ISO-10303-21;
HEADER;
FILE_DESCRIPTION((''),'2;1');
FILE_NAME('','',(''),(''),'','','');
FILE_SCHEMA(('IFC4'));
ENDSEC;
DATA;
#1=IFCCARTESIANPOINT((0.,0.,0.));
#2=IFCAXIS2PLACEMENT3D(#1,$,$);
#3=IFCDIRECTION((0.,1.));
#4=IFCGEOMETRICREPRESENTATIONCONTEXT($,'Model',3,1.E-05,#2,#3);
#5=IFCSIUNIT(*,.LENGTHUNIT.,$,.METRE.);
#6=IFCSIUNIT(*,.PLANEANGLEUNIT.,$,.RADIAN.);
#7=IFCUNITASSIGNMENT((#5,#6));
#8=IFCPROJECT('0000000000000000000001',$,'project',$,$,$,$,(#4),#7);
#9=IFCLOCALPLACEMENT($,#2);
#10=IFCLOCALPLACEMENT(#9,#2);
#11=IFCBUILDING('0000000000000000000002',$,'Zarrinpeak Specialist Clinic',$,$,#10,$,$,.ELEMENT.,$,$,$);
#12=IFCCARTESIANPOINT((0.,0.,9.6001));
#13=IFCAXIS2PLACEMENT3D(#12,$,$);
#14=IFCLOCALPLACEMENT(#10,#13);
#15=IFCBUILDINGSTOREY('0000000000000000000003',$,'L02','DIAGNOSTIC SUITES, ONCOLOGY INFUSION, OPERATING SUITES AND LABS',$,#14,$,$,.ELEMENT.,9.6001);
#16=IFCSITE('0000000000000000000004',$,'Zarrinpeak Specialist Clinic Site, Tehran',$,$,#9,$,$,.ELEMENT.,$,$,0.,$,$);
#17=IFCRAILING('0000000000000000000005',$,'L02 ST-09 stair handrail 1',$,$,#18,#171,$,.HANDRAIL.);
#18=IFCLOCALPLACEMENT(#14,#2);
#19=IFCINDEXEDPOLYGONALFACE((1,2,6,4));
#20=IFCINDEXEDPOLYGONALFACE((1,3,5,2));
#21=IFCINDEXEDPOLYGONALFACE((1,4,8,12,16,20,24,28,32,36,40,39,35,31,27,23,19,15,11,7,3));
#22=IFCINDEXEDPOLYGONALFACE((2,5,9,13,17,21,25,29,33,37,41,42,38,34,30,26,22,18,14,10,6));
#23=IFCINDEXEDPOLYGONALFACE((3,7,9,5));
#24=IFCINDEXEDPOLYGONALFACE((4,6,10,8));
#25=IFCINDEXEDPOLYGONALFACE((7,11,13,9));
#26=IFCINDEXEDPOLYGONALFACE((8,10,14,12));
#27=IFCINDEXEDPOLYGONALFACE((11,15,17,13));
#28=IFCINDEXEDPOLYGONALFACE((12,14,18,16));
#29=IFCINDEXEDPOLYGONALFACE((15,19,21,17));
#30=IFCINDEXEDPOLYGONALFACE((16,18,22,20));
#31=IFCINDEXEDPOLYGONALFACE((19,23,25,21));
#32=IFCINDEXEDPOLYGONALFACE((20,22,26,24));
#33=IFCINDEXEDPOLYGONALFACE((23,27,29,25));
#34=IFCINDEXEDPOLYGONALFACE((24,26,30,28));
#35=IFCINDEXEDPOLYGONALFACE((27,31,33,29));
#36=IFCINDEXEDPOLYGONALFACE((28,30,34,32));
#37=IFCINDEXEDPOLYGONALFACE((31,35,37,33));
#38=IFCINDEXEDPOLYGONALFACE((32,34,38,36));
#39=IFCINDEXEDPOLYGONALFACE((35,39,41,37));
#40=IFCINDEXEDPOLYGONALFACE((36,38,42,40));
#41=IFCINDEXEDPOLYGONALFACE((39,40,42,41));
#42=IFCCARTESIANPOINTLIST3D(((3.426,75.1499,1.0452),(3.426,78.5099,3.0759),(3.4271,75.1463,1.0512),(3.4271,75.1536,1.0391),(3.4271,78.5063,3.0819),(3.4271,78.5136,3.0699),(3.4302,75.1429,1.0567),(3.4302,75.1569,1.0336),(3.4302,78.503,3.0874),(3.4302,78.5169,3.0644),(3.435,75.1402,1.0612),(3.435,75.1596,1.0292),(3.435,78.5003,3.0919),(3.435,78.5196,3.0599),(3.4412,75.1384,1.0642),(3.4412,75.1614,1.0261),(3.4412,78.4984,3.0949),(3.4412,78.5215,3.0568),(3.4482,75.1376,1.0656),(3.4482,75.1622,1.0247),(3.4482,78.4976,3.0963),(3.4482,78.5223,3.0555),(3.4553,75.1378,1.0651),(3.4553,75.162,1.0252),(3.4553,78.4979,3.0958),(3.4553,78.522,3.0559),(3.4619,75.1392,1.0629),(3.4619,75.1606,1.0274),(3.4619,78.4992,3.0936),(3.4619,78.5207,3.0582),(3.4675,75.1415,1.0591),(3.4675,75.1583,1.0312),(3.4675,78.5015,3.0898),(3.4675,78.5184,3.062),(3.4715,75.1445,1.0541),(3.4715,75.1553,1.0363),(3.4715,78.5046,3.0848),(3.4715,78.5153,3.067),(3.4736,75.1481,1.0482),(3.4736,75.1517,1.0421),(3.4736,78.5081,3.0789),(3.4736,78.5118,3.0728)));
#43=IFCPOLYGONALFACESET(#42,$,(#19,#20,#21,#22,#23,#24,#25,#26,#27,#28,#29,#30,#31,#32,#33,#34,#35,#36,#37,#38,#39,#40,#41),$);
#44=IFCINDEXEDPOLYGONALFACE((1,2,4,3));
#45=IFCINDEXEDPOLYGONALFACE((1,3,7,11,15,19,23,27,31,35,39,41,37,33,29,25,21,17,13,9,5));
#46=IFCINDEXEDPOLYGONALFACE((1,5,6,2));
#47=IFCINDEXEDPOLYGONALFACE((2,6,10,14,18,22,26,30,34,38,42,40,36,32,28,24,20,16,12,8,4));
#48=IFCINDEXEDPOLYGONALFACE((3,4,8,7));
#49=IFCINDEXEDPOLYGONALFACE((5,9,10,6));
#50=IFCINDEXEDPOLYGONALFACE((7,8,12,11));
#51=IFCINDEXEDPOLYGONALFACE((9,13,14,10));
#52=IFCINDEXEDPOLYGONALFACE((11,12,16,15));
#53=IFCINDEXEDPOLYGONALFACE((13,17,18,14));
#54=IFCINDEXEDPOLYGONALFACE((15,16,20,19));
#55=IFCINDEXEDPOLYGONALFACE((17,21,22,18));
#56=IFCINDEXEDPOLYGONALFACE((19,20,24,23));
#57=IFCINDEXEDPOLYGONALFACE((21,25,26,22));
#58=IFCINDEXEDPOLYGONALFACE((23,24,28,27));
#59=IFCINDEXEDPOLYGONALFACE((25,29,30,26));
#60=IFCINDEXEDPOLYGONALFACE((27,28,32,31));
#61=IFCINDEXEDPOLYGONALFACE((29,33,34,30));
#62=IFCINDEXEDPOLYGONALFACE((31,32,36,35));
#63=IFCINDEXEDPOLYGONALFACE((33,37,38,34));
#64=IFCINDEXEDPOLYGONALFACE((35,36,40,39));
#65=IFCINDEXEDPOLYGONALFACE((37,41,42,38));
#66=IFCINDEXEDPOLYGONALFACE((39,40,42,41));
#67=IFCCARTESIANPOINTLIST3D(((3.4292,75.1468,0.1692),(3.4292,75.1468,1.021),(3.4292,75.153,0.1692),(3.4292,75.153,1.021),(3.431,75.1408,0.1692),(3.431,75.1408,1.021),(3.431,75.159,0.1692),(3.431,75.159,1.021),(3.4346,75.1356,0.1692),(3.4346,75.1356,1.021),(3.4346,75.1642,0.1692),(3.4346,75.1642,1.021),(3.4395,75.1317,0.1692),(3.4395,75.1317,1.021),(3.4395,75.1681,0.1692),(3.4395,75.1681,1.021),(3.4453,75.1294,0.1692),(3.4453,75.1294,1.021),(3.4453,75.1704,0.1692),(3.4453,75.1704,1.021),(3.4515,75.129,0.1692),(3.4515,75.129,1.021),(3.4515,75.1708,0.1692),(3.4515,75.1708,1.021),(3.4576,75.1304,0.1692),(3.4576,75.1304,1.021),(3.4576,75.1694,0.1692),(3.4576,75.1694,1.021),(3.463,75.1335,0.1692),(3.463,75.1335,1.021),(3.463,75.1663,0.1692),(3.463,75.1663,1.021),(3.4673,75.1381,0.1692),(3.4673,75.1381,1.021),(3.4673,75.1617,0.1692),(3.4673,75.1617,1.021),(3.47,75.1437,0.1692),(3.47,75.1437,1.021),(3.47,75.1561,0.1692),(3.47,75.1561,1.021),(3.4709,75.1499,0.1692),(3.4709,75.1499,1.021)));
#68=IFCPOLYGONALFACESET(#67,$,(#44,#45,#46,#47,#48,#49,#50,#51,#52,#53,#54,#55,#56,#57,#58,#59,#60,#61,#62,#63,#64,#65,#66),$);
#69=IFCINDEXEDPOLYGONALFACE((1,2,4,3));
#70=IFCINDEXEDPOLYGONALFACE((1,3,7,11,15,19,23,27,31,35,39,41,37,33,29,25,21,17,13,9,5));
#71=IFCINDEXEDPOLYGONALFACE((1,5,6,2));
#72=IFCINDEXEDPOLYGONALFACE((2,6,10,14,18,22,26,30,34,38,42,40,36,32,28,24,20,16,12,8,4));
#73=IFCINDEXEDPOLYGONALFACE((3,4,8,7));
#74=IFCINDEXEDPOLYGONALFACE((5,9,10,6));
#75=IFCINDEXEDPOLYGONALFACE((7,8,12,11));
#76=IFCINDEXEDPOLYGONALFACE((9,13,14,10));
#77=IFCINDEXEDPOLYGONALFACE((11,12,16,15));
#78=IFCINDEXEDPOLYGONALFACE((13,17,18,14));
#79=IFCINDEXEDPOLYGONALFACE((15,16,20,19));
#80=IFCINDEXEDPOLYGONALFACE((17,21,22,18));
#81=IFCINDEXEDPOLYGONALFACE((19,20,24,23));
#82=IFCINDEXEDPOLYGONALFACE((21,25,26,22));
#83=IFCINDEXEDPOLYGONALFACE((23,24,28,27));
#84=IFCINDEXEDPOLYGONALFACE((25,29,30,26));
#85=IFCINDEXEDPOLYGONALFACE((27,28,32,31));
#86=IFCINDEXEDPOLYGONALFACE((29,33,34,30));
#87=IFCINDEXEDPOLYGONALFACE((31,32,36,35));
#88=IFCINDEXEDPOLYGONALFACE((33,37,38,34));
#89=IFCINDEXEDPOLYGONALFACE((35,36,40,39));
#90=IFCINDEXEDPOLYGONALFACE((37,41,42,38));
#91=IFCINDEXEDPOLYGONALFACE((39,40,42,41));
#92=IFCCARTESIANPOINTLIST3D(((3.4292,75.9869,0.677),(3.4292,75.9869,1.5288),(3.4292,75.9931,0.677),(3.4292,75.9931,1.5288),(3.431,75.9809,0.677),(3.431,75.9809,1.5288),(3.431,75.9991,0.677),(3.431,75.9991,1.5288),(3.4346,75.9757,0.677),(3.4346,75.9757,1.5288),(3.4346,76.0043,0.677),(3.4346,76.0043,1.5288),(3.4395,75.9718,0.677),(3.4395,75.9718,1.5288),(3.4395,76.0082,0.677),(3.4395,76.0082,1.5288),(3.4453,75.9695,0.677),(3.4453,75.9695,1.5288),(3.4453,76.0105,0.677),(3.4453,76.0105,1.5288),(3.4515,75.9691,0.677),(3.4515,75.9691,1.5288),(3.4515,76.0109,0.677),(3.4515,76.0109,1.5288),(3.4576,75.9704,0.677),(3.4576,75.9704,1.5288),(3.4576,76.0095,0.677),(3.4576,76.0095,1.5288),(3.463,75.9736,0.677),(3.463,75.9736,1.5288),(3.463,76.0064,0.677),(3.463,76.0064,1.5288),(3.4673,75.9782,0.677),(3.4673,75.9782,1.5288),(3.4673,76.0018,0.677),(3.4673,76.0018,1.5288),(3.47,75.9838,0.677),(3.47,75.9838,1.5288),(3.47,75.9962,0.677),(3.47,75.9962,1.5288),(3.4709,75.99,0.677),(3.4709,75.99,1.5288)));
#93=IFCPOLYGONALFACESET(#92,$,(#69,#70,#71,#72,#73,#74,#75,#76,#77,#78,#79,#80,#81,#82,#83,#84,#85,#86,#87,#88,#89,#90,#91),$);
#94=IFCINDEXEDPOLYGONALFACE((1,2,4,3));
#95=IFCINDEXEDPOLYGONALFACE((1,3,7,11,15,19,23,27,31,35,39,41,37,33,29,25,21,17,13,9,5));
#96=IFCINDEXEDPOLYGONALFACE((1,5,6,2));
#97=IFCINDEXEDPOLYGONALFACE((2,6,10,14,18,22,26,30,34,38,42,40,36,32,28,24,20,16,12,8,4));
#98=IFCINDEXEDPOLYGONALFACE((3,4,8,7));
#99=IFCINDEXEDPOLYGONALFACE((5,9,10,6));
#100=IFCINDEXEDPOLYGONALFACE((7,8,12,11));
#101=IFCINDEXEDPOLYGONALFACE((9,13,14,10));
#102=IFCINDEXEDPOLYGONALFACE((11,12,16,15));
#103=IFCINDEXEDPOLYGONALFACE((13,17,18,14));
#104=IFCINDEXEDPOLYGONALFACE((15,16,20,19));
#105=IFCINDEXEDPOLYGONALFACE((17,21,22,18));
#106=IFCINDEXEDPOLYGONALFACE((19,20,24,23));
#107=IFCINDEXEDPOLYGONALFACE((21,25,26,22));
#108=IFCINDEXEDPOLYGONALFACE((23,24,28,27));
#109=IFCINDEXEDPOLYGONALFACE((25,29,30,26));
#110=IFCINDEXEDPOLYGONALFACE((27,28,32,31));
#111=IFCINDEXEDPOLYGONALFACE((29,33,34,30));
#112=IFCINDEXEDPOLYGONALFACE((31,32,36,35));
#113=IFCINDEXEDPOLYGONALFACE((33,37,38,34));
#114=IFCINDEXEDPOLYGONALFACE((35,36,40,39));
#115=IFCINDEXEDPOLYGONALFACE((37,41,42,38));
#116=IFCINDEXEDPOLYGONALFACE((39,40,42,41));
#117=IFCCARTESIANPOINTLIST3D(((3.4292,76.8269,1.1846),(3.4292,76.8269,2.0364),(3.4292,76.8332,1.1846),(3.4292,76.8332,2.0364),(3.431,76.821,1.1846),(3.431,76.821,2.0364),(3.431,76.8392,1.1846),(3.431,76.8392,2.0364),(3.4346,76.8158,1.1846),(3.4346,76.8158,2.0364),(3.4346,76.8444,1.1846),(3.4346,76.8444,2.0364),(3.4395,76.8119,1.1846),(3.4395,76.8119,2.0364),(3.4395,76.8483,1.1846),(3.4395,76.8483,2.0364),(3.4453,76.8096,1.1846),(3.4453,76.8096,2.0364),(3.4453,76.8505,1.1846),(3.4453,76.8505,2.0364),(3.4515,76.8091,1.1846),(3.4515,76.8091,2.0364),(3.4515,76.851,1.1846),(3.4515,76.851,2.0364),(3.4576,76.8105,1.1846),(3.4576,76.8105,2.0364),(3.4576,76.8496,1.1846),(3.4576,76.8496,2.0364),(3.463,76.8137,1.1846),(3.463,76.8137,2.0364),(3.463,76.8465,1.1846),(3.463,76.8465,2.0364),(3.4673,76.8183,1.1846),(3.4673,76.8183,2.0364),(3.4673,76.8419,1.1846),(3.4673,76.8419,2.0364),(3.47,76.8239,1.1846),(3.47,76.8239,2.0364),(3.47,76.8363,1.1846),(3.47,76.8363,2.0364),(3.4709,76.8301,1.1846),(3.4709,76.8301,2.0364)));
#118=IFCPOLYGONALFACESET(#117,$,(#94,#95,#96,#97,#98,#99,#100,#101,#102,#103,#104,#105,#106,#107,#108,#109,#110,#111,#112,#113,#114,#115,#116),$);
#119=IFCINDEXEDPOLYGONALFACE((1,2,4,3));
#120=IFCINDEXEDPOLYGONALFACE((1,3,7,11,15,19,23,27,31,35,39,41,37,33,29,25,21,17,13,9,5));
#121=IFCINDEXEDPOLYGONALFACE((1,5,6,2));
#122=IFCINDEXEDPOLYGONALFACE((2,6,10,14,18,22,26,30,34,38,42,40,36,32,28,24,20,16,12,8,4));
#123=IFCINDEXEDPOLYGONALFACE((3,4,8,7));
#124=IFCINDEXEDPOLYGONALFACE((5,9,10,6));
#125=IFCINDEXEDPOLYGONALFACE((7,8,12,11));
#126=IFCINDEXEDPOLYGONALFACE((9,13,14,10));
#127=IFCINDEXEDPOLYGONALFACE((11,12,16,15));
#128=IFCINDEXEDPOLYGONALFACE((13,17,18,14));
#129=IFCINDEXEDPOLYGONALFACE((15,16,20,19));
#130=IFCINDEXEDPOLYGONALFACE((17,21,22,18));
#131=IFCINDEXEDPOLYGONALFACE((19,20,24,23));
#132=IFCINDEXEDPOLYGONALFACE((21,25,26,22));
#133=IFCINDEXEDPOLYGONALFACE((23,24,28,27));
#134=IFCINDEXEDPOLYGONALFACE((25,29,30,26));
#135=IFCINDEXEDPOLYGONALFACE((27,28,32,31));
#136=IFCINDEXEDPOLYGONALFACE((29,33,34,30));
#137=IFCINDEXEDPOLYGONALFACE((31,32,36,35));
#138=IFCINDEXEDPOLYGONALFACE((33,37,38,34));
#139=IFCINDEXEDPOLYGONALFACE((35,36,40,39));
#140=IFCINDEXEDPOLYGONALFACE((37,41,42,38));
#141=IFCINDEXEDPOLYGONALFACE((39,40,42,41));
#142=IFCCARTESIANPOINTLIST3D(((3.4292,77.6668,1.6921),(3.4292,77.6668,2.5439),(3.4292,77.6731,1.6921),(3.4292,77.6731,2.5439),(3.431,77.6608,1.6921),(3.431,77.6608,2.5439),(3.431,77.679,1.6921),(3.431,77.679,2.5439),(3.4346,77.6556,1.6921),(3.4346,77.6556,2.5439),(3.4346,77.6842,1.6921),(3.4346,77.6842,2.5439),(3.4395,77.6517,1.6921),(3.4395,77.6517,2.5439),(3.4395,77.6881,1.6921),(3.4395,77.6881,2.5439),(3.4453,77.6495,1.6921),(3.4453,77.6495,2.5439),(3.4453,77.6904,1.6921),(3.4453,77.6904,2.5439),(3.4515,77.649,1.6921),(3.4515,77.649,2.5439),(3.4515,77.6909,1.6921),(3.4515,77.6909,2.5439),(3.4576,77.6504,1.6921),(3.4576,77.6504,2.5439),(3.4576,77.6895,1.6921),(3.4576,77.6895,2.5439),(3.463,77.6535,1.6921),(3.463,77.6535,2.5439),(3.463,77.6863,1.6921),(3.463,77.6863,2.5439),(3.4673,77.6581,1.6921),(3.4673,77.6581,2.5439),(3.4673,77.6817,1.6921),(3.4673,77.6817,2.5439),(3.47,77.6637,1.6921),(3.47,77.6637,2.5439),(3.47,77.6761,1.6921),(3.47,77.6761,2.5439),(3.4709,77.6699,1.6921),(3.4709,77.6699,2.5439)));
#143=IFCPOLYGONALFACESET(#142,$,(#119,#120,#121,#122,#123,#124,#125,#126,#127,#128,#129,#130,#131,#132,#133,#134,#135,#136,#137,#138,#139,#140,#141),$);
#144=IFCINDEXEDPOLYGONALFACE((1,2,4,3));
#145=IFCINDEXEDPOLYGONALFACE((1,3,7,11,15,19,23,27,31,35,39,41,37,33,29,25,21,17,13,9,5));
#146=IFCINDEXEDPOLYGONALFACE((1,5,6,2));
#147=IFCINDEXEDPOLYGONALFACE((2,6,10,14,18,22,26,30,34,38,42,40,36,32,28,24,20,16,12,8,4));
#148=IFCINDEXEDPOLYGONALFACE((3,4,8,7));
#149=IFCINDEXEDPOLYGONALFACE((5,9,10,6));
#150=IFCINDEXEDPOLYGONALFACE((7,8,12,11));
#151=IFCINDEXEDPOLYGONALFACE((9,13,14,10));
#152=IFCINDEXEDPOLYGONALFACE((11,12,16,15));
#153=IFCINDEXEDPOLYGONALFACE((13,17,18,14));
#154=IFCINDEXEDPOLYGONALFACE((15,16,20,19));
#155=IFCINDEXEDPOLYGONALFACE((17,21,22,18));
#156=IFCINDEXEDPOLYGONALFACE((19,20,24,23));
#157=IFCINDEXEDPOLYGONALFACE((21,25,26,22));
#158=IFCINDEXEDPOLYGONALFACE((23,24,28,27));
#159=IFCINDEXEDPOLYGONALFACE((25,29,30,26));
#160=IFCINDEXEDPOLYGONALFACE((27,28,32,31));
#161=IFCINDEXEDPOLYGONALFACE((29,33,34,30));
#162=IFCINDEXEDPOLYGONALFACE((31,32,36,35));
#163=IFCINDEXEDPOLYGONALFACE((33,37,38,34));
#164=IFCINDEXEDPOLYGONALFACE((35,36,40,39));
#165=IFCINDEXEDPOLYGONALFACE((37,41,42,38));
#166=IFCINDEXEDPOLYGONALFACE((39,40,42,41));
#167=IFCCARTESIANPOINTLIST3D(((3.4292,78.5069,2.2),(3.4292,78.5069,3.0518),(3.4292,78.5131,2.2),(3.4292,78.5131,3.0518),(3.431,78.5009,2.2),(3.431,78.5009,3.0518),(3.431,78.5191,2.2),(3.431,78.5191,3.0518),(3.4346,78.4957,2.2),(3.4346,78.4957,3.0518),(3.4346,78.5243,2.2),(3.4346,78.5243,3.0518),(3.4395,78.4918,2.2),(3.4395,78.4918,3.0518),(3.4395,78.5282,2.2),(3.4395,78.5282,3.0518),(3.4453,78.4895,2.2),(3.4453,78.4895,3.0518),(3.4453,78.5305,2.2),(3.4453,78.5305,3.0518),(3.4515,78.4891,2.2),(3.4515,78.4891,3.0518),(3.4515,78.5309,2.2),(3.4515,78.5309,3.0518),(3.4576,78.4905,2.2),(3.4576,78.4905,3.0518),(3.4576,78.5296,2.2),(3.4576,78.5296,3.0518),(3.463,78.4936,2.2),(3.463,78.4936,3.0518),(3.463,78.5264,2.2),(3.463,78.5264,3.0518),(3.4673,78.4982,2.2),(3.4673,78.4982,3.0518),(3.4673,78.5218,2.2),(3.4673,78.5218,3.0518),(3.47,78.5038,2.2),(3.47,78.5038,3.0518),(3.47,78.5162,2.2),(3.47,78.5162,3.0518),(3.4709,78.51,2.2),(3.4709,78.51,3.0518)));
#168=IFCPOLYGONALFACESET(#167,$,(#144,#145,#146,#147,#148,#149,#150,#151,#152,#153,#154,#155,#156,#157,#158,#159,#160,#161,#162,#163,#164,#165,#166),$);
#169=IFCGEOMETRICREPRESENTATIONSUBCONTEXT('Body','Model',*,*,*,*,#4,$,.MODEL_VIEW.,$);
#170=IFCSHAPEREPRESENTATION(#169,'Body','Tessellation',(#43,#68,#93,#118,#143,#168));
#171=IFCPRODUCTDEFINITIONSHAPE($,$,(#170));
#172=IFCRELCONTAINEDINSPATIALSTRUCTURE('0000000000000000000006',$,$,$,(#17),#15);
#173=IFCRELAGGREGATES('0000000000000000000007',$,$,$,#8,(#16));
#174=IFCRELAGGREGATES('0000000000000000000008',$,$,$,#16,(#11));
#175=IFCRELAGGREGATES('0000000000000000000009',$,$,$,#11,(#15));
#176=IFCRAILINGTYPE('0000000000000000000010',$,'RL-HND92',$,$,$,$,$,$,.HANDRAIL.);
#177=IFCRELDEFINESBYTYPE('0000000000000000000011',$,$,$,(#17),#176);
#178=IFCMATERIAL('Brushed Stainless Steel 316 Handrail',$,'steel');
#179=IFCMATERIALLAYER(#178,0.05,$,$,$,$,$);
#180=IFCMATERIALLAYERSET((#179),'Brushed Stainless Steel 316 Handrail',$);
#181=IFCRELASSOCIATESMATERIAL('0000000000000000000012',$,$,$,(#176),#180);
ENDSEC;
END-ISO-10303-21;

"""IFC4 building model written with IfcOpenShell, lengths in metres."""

from ifc_helpers import new_model, si_unit, direction, frame, origin, origin_2d, place, context, subcontext, project, spatial, circle, extrude, material, layer, layer_set, type_object, element, save


model = new_model("IFC4")

# Units and contexts
model_context = context("Model", 3, precision=1e-05, world=origin(), true_north=direction((0.0, 1.0)))
body_context = subcontext(model_context, "Body", "Model", "MODEL_VIEW")
ifc_project = project(units=[si_unit("LENGTHUNIT", "METRE"), si_unit("PLANEANGLEUNIT", "RADIAN")], contexts=[model_context])

# Site, building, storey
site_placement = place(None, origin())
site = spatial("IfcSite", under=ifc_project, at=site_placement, Name="Zarrinpeak Specialist Clinic Site, Tehran", CompositionType="ELEMENT", RefElevation=0.0)
building_placement = place(site_placement, origin())
building = spatial("IfcBuilding", under=site, at=building_placement, Name="Zarrinpeak Specialist Clinic", CompositionType="ELEMENT")
storey_placement = place(building_placement, frame((0.0, 0.0, 9.6001)))
storey = spatial("IfcBuildingStorey", under=building, at=storey_placement, Name="L02", Description="DIAGNOSTIC SUITES, ONCOLOGY INFUSION, OPERATING SUITES AND LABS", CompositionType="ELEMENT", Elevation=9.6001)

# Railing
ifc_material_1 = material(Name="Brushed Stainless Steel 316 Handrail", Category="steel")
ifc_layer_1 = layer(ifc_material_1, 0.05)
ifc_layer_set_1 = layer_set([ifc_layer_1], Name="Brushed Stainless Steel 316 Handrail")
railing_type_1 = type_object("IfcRailingType", Name="RL-HND92", PredefinedType="HANDRAIL", material=ifc_layer_set_1)
railing_1_placement = place(storey_placement, frame((3.45, 75.1499, 0.1692)))
element("IfcRailing", 1, at=railing_1_placement, inside=storey, type_object=railing_type_1, Name="L02 ST-09 stair handrail 1", PredefinedType="HANDRAIL", context=body_context, shape_type="SweptSolid", body=[
    extrude(circle(Radius=0.0239, at=origin_2d()), frame((0.0, 0.0, 0.876), z_axis=(0.0, 0.855837, 0.517246), x_axis=(-1.0, 0.0, 0.0)), (0.0, 0.0, 1.0), 3.926),
    extrude(circle(Radius=0.021, at=origin_2d()), origin(), (0.0, 0.0, 1.0), 0.8518),
    extrude(circle(Radius=0.021, at=origin_2d()), frame((0.0, 0.8401, 0.5078)), (0.0, 0.0, 1.0), 0.8518),
    extrude(circle(Radius=0.021, at=origin_2d()), frame((0.0, 1.6802, 1.0154)), (0.0, 0.0, 1.0), 0.8518),
    extrude(circle(Radius=0.021, at=origin_2d()), frame((0.0, 2.52, 1.5229)), (0.0, 0.0, 1.0), 0.8518),
    extrude(circle(Radius=0.021, at=origin_2d()), frame((0.0, 3.3601, 2.0308)), (0.0, 0.0, 1.0), 0.8518),
])

save(model, "model.ifc")
